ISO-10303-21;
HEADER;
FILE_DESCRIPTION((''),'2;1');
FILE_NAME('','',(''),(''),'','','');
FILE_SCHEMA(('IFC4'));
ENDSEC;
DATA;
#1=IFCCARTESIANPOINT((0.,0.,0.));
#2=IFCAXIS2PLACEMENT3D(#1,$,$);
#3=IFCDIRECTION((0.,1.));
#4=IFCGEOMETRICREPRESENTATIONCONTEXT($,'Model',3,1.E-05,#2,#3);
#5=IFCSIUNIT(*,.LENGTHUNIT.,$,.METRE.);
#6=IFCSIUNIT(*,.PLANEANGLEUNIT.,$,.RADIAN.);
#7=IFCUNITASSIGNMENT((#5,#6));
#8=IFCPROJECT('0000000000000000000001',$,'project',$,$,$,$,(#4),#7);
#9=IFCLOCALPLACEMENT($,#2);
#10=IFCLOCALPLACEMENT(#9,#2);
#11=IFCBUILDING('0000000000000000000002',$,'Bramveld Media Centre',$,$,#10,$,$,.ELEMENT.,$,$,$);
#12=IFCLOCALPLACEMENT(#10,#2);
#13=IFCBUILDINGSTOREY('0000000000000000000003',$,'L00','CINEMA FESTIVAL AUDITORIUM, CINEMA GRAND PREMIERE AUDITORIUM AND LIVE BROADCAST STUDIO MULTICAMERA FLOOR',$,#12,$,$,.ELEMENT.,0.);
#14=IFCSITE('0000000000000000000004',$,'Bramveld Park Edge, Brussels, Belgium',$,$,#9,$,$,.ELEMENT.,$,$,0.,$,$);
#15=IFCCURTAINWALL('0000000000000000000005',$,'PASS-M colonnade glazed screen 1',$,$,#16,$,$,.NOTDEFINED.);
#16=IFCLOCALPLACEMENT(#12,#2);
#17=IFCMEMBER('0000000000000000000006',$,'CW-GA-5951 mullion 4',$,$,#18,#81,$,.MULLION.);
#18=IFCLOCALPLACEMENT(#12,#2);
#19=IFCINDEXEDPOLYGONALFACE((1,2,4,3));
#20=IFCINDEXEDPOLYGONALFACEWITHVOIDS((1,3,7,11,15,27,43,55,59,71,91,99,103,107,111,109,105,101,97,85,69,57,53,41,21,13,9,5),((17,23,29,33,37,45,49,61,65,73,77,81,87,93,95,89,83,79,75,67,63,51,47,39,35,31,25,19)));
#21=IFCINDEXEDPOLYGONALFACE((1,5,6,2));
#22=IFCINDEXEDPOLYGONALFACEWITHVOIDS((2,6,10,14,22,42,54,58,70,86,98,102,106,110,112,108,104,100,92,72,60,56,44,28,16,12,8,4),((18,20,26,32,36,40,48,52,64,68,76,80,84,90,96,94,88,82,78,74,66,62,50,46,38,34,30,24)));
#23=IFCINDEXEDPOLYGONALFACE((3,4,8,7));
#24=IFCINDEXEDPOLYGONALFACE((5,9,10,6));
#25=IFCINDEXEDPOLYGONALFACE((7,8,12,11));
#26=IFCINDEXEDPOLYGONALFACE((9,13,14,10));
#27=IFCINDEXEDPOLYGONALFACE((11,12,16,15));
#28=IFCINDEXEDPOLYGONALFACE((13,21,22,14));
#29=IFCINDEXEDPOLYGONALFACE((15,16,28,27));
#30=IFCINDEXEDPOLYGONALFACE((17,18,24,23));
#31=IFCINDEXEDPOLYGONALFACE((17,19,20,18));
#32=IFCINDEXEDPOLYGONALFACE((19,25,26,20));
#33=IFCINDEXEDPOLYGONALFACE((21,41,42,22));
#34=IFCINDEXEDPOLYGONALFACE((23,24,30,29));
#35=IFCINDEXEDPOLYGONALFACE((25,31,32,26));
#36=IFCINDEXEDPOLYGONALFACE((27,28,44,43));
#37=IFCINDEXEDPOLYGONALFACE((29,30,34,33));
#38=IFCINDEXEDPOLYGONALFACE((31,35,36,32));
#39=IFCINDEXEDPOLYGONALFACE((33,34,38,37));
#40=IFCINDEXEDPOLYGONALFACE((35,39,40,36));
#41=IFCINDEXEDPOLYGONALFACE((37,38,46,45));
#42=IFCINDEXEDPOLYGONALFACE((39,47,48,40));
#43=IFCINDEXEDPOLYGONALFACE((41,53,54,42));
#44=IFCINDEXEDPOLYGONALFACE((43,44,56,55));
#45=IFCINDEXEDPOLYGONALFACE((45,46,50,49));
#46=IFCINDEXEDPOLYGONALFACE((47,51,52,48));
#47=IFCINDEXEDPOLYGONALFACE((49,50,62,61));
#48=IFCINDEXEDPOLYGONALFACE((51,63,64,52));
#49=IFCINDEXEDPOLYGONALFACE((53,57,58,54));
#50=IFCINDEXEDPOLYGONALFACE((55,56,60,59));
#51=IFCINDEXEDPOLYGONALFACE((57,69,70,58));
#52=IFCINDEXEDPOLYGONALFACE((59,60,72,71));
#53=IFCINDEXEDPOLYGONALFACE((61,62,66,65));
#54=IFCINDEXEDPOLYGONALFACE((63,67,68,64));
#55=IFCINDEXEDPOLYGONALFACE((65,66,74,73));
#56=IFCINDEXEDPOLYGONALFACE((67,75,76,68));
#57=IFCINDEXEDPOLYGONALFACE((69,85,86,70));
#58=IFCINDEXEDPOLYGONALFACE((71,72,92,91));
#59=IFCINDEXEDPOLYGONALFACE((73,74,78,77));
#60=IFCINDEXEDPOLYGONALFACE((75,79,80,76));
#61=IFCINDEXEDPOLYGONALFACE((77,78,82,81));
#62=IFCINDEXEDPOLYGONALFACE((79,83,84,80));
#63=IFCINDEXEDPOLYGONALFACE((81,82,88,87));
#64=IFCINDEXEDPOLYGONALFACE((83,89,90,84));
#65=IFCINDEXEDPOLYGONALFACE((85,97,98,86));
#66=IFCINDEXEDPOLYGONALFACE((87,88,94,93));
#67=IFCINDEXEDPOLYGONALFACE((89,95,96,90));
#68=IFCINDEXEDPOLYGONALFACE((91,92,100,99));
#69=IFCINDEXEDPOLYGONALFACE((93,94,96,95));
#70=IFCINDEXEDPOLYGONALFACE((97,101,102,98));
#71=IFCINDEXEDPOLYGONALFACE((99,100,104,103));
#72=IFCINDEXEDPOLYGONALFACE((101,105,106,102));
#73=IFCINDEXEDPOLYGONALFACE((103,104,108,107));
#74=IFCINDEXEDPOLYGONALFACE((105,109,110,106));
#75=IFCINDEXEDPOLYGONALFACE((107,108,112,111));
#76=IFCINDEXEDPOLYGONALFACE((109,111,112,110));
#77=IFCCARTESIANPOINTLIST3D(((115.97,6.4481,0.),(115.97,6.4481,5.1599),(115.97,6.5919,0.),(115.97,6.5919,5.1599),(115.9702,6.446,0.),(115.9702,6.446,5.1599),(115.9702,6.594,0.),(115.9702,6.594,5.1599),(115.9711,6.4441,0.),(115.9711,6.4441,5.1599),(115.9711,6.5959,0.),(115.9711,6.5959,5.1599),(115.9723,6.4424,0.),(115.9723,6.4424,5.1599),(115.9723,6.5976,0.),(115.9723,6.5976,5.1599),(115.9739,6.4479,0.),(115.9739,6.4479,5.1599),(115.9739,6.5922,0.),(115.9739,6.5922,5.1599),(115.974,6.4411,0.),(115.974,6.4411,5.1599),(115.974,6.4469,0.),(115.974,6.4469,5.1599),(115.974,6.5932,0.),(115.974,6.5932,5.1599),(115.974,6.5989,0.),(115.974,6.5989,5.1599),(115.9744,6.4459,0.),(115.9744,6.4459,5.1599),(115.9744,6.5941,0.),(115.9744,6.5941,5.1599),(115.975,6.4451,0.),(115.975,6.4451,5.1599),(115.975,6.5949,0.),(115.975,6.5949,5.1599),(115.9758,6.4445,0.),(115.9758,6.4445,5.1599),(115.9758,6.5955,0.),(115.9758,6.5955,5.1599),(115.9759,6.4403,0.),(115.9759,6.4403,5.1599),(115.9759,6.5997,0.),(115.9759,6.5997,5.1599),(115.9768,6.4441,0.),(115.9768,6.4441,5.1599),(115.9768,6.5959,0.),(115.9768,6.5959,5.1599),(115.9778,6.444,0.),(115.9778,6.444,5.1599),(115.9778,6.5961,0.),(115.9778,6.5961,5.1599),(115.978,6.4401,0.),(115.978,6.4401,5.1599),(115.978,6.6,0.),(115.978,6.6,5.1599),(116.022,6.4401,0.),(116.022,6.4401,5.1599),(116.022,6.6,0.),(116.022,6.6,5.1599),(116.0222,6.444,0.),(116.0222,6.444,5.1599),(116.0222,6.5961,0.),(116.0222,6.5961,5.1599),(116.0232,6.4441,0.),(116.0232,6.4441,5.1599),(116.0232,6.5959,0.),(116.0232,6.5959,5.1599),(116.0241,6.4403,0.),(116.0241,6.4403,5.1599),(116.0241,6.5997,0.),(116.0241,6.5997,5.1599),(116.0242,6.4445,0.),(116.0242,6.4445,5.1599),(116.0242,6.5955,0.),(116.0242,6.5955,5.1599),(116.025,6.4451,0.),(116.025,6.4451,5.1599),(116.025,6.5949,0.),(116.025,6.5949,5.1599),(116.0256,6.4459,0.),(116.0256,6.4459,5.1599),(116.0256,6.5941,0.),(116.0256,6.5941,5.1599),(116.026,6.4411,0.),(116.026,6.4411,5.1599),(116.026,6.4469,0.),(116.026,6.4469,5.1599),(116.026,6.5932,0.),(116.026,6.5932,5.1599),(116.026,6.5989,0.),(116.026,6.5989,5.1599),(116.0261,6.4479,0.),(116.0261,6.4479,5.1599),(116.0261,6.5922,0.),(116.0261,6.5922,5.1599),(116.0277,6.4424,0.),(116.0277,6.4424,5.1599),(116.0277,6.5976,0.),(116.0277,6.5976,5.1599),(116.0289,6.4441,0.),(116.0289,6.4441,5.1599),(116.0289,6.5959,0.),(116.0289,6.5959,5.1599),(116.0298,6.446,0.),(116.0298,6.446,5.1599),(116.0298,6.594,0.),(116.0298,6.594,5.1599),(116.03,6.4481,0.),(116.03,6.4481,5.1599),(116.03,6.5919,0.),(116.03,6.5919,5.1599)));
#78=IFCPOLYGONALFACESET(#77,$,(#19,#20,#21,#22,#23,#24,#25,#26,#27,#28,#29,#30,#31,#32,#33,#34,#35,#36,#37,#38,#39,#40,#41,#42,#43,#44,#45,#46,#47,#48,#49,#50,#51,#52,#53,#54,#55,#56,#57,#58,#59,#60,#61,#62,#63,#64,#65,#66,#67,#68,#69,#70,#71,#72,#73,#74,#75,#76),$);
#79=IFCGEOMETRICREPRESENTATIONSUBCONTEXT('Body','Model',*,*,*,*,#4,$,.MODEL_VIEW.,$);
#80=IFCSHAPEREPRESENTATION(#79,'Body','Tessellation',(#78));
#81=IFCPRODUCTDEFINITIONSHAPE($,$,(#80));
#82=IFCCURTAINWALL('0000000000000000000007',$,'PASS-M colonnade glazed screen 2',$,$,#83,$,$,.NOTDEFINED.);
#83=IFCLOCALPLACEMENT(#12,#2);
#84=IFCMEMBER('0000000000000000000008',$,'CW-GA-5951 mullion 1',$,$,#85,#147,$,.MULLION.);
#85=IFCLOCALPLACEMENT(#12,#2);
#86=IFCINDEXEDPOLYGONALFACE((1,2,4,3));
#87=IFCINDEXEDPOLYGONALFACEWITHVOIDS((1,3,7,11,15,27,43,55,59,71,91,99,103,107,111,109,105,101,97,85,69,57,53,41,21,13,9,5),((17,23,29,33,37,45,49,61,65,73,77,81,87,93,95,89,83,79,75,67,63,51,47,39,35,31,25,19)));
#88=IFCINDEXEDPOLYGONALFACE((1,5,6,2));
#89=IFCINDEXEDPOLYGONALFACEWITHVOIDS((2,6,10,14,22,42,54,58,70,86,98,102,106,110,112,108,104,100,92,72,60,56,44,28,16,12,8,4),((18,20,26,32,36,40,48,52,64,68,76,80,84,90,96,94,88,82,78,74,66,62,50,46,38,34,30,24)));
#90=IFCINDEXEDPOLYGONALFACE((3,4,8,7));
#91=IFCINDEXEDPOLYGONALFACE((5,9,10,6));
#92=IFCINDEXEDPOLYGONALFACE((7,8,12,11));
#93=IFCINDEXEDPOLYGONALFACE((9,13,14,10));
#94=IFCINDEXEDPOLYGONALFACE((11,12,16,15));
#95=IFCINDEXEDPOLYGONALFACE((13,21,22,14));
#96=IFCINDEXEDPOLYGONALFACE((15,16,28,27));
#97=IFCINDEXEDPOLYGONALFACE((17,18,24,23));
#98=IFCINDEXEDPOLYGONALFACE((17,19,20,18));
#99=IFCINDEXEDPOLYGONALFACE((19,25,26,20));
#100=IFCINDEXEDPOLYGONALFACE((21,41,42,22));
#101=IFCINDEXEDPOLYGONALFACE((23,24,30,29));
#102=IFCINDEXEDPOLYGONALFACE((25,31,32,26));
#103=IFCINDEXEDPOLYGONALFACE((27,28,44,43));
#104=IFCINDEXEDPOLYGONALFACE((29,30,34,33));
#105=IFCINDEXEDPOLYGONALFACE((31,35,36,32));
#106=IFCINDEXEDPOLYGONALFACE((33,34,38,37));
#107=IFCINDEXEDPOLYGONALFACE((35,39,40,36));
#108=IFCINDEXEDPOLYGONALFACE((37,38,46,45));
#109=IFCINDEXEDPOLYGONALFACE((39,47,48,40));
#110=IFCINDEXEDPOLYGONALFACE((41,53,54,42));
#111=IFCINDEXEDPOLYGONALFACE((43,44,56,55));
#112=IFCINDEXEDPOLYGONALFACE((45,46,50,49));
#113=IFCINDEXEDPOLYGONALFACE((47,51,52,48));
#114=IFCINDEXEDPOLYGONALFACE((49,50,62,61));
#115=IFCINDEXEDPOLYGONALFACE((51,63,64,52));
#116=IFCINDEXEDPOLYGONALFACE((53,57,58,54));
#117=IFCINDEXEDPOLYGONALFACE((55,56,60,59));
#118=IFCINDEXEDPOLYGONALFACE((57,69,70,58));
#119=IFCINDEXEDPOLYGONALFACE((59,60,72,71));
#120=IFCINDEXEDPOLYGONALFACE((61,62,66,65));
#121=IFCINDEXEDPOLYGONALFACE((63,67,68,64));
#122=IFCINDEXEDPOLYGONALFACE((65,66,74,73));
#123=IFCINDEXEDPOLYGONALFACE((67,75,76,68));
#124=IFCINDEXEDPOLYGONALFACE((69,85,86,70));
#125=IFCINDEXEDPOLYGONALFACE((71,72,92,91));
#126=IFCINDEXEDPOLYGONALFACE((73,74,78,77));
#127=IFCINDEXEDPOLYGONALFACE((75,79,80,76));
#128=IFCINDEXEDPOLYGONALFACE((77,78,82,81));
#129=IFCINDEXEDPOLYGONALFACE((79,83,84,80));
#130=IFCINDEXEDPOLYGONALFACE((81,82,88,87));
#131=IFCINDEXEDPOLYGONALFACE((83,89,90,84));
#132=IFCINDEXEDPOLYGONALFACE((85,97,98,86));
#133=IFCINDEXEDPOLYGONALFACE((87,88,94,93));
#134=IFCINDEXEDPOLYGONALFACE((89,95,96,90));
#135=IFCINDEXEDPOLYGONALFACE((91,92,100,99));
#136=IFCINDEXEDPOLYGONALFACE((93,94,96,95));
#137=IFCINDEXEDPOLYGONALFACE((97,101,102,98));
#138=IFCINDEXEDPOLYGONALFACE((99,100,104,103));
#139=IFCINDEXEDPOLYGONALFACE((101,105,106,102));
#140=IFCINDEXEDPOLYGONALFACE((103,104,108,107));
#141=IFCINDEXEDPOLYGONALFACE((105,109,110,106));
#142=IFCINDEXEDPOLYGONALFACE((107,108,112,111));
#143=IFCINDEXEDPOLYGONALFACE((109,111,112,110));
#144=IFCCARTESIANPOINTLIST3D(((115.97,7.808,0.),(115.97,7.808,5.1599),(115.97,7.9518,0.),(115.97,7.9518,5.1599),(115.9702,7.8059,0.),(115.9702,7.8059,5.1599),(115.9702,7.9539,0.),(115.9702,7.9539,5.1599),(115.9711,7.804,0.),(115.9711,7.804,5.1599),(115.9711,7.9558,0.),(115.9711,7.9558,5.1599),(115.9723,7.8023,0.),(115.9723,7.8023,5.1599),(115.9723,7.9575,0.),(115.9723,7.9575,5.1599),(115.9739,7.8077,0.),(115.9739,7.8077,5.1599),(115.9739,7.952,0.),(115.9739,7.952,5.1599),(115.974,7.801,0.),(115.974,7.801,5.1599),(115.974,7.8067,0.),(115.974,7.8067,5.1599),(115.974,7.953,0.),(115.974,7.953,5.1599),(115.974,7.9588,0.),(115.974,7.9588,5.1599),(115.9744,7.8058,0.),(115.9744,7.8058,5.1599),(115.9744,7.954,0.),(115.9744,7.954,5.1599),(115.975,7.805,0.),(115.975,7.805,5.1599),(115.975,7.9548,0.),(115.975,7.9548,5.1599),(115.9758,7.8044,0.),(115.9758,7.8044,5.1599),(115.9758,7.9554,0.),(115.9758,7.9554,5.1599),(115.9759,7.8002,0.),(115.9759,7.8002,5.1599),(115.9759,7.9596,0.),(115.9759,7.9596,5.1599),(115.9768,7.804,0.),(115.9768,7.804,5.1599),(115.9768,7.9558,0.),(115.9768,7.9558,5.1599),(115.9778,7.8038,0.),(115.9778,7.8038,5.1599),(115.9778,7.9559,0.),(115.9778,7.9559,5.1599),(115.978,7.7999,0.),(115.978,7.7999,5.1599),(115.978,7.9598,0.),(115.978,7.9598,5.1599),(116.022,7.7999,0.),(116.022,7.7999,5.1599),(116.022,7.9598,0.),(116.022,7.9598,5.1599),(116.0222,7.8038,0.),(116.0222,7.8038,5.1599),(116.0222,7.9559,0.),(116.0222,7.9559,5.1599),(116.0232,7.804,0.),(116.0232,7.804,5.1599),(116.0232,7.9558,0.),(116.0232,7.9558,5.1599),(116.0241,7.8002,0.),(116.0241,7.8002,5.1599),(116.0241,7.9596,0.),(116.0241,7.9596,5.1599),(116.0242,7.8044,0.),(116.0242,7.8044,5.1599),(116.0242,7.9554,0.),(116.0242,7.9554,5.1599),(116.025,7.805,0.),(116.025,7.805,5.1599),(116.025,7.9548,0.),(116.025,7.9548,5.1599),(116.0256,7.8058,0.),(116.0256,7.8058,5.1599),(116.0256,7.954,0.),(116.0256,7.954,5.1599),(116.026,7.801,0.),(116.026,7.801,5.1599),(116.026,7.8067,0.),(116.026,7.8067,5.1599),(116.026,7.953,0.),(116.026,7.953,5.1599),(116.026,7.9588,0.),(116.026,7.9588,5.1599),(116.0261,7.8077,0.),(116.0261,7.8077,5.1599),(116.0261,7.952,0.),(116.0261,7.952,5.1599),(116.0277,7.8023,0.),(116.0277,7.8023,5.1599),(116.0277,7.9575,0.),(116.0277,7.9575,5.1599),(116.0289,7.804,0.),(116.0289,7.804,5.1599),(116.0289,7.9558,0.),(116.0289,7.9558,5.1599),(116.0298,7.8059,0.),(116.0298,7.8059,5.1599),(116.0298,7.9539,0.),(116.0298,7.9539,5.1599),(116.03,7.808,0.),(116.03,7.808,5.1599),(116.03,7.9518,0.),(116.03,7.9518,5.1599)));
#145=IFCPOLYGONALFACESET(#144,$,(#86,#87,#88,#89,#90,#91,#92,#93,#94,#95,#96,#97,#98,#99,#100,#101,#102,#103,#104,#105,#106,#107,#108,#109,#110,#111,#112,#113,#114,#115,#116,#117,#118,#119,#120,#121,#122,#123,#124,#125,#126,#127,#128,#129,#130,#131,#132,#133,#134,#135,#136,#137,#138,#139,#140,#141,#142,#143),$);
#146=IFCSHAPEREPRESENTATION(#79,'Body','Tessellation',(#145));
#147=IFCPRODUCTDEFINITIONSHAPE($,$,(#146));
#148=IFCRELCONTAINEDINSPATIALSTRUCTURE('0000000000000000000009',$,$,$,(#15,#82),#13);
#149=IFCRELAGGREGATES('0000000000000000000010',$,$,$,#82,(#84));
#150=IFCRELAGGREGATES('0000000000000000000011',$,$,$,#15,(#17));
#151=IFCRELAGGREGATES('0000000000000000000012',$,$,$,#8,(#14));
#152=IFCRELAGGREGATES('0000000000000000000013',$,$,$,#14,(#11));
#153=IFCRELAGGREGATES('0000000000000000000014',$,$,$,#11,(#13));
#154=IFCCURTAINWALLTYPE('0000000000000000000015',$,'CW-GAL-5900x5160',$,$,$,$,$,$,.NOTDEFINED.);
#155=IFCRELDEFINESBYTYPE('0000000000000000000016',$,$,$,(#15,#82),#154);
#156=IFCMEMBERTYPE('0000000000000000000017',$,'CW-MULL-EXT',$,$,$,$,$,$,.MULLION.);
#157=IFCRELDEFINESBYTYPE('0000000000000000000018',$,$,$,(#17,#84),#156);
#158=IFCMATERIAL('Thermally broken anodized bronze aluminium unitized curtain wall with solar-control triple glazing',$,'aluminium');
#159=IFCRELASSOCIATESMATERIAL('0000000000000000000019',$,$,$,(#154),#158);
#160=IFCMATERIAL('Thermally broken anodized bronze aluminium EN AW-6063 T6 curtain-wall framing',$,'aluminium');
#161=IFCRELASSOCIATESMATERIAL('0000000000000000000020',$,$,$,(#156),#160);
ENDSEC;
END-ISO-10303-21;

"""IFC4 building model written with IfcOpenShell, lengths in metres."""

from ifc_helpers import new_model, si_unit, direction, frame, origin, origin_2d, place, context, subcontext, project, spatial, hollow_rectangle, extrude, material, material_profile, profile_set, type_object, element, aggregate, save


model = new_model("IFC4")

# Units and contexts
model_context = context("Model", 3, precision=1e-05, world=origin(), true_north=direction((0.0, 1.0)))
body_context = subcontext(model_context, "Body", "Model", "MODEL_VIEW")
ifc_project = project(units=[si_unit("LENGTHUNIT", "METRE"), si_unit("PLANEANGLEUNIT", "RADIAN")], contexts=[model_context])

# Site, building, storey
site_placement = place(None, origin())
site = spatial("IfcSite", under=ifc_project, at=site_placement, Name="Bramveld Park Edge, Brussels, Belgium", CompositionType="ELEMENT", RefElevation=0.0)
building_placement = place(site_placement, origin())
building = spatial("IfcBuilding", under=site, at=building_placement, Name="Bramveld Media Centre", CompositionType="ELEMENT")
storey_placement = place(building_placement, origin())
storey = spatial("IfcBuildingStorey", under=building, at=storey_placement, Name="L00", Description="CINEMA FESTIVAL AUDITORIUM, CINEMA GRAND PREMIERE AUDITORIUM AND LIVE BROADCAST STUDIO MULTICAMERA FLOOR", CompositionType="ELEMENT", Elevation=0.0)

# Curtain walls, members
ifc_material_1 = material(Name="Thermally broken anodized bronze aluminium unitized curtain wall with solar-control triple glazing", Category="aluminium")
curtain_wall_type = type_object("IfcCurtainWallType", Name="CW-GAL-5900x5160", PredefinedType="NOTDEFINED", material=ifc_material_1)
curtain_wall_1_placement = place(storey_placement, origin())
curtain_wall_1 = element("IfcCurtainWall", 1, at=curtain_wall_1_placement, inside=storey, type_object=curtain_wall_type, Name="PASS-M colonnade glazed screen 1", PredefinedType="NOTDEFINED")
ifc_material_2 = material(Name="Thermally broken anodized bronze aluminium EN AW-6063 T6 curtain-wall framing", Category="aluminium")
ifc_material_profile_1 = material_profile(ifc_material_2, hollow_rectangle(XDim=0.0601, YDim=0.1599, WallThickness=0.0039, InnerFilletRadius=0.0039, OuterFilletRadius=0.0081, at=origin_2d()), Name="AL-MULL 60x160")
ifc_profile_set_1 = profile_set([ifc_material_profile_1], Name="Thermally broken anodized bronze aluminium EN AW-6063 T6 curtain-wall framing")
member_type_1 = type_object("IfcMemberType", Name="CW-MULL-EXT", PredefinedType="MULLION", material=ifc_profile_set_1)
member_1_placement = place(storey_placement, frame((116.0, 6.52, 0.0), z_axis=(0.0, 0.0, 1.0), x_axis=(-1.0, 0.0, 0.0)))
member_1 = element("IfcMember", 2, at=member_1_placement, type_object=member_type_1, Name="CW-GA-5951 mullion 4", PredefinedType="MULLION", context=body_context, shape_type="SweptSolid", body=[
    extrude(hollow_rectangle(XDim=0.0601, YDim=0.1599, WallThickness=0.0039, InnerFilletRadius=0.0039, OuterFilletRadius=0.0081, at=origin_2d()), origin(), (0.0, 0.0, 1.0), 5.1599),
])
curtain_wall_2_placement = place(storey_placement, origin())
curtain_wall_2 = element("IfcCurtainWall", 3, at=curtain_wall_2_placement, inside=storey, type_object=curtain_wall_type, Name="PASS-M colonnade glazed screen 2", PredefinedType="NOTDEFINED")
member_2_placement = place(storey_placement, frame((116.0, 7.8799, 0.0), z_axis=(0.0, 0.0, 1.0), x_axis=(-1.0, 0.0, 0.0)))
member_2 = element("IfcMember", 4, at=member_2_placement, type_object=member_type_1, Name="CW-GA-5951 mullion 1", PredefinedType="MULLION", context=body_context, shape_type="SweptSolid", body=[
    extrude(hollow_rectangle(XDim=0.0601, YDim=0.1599, WallThickness=0.0039, InnerFilletRadius=0.0039, OuterFilletRadius=0.0081, at=origin_2d()), origin(), (0.0, 0.0, 1.0), 5.1599),
])

aggregate(curtain_wall_2, [member_2])

aggregate(curtain_wall_1, [member_1])

save(model, "model.ifc")
